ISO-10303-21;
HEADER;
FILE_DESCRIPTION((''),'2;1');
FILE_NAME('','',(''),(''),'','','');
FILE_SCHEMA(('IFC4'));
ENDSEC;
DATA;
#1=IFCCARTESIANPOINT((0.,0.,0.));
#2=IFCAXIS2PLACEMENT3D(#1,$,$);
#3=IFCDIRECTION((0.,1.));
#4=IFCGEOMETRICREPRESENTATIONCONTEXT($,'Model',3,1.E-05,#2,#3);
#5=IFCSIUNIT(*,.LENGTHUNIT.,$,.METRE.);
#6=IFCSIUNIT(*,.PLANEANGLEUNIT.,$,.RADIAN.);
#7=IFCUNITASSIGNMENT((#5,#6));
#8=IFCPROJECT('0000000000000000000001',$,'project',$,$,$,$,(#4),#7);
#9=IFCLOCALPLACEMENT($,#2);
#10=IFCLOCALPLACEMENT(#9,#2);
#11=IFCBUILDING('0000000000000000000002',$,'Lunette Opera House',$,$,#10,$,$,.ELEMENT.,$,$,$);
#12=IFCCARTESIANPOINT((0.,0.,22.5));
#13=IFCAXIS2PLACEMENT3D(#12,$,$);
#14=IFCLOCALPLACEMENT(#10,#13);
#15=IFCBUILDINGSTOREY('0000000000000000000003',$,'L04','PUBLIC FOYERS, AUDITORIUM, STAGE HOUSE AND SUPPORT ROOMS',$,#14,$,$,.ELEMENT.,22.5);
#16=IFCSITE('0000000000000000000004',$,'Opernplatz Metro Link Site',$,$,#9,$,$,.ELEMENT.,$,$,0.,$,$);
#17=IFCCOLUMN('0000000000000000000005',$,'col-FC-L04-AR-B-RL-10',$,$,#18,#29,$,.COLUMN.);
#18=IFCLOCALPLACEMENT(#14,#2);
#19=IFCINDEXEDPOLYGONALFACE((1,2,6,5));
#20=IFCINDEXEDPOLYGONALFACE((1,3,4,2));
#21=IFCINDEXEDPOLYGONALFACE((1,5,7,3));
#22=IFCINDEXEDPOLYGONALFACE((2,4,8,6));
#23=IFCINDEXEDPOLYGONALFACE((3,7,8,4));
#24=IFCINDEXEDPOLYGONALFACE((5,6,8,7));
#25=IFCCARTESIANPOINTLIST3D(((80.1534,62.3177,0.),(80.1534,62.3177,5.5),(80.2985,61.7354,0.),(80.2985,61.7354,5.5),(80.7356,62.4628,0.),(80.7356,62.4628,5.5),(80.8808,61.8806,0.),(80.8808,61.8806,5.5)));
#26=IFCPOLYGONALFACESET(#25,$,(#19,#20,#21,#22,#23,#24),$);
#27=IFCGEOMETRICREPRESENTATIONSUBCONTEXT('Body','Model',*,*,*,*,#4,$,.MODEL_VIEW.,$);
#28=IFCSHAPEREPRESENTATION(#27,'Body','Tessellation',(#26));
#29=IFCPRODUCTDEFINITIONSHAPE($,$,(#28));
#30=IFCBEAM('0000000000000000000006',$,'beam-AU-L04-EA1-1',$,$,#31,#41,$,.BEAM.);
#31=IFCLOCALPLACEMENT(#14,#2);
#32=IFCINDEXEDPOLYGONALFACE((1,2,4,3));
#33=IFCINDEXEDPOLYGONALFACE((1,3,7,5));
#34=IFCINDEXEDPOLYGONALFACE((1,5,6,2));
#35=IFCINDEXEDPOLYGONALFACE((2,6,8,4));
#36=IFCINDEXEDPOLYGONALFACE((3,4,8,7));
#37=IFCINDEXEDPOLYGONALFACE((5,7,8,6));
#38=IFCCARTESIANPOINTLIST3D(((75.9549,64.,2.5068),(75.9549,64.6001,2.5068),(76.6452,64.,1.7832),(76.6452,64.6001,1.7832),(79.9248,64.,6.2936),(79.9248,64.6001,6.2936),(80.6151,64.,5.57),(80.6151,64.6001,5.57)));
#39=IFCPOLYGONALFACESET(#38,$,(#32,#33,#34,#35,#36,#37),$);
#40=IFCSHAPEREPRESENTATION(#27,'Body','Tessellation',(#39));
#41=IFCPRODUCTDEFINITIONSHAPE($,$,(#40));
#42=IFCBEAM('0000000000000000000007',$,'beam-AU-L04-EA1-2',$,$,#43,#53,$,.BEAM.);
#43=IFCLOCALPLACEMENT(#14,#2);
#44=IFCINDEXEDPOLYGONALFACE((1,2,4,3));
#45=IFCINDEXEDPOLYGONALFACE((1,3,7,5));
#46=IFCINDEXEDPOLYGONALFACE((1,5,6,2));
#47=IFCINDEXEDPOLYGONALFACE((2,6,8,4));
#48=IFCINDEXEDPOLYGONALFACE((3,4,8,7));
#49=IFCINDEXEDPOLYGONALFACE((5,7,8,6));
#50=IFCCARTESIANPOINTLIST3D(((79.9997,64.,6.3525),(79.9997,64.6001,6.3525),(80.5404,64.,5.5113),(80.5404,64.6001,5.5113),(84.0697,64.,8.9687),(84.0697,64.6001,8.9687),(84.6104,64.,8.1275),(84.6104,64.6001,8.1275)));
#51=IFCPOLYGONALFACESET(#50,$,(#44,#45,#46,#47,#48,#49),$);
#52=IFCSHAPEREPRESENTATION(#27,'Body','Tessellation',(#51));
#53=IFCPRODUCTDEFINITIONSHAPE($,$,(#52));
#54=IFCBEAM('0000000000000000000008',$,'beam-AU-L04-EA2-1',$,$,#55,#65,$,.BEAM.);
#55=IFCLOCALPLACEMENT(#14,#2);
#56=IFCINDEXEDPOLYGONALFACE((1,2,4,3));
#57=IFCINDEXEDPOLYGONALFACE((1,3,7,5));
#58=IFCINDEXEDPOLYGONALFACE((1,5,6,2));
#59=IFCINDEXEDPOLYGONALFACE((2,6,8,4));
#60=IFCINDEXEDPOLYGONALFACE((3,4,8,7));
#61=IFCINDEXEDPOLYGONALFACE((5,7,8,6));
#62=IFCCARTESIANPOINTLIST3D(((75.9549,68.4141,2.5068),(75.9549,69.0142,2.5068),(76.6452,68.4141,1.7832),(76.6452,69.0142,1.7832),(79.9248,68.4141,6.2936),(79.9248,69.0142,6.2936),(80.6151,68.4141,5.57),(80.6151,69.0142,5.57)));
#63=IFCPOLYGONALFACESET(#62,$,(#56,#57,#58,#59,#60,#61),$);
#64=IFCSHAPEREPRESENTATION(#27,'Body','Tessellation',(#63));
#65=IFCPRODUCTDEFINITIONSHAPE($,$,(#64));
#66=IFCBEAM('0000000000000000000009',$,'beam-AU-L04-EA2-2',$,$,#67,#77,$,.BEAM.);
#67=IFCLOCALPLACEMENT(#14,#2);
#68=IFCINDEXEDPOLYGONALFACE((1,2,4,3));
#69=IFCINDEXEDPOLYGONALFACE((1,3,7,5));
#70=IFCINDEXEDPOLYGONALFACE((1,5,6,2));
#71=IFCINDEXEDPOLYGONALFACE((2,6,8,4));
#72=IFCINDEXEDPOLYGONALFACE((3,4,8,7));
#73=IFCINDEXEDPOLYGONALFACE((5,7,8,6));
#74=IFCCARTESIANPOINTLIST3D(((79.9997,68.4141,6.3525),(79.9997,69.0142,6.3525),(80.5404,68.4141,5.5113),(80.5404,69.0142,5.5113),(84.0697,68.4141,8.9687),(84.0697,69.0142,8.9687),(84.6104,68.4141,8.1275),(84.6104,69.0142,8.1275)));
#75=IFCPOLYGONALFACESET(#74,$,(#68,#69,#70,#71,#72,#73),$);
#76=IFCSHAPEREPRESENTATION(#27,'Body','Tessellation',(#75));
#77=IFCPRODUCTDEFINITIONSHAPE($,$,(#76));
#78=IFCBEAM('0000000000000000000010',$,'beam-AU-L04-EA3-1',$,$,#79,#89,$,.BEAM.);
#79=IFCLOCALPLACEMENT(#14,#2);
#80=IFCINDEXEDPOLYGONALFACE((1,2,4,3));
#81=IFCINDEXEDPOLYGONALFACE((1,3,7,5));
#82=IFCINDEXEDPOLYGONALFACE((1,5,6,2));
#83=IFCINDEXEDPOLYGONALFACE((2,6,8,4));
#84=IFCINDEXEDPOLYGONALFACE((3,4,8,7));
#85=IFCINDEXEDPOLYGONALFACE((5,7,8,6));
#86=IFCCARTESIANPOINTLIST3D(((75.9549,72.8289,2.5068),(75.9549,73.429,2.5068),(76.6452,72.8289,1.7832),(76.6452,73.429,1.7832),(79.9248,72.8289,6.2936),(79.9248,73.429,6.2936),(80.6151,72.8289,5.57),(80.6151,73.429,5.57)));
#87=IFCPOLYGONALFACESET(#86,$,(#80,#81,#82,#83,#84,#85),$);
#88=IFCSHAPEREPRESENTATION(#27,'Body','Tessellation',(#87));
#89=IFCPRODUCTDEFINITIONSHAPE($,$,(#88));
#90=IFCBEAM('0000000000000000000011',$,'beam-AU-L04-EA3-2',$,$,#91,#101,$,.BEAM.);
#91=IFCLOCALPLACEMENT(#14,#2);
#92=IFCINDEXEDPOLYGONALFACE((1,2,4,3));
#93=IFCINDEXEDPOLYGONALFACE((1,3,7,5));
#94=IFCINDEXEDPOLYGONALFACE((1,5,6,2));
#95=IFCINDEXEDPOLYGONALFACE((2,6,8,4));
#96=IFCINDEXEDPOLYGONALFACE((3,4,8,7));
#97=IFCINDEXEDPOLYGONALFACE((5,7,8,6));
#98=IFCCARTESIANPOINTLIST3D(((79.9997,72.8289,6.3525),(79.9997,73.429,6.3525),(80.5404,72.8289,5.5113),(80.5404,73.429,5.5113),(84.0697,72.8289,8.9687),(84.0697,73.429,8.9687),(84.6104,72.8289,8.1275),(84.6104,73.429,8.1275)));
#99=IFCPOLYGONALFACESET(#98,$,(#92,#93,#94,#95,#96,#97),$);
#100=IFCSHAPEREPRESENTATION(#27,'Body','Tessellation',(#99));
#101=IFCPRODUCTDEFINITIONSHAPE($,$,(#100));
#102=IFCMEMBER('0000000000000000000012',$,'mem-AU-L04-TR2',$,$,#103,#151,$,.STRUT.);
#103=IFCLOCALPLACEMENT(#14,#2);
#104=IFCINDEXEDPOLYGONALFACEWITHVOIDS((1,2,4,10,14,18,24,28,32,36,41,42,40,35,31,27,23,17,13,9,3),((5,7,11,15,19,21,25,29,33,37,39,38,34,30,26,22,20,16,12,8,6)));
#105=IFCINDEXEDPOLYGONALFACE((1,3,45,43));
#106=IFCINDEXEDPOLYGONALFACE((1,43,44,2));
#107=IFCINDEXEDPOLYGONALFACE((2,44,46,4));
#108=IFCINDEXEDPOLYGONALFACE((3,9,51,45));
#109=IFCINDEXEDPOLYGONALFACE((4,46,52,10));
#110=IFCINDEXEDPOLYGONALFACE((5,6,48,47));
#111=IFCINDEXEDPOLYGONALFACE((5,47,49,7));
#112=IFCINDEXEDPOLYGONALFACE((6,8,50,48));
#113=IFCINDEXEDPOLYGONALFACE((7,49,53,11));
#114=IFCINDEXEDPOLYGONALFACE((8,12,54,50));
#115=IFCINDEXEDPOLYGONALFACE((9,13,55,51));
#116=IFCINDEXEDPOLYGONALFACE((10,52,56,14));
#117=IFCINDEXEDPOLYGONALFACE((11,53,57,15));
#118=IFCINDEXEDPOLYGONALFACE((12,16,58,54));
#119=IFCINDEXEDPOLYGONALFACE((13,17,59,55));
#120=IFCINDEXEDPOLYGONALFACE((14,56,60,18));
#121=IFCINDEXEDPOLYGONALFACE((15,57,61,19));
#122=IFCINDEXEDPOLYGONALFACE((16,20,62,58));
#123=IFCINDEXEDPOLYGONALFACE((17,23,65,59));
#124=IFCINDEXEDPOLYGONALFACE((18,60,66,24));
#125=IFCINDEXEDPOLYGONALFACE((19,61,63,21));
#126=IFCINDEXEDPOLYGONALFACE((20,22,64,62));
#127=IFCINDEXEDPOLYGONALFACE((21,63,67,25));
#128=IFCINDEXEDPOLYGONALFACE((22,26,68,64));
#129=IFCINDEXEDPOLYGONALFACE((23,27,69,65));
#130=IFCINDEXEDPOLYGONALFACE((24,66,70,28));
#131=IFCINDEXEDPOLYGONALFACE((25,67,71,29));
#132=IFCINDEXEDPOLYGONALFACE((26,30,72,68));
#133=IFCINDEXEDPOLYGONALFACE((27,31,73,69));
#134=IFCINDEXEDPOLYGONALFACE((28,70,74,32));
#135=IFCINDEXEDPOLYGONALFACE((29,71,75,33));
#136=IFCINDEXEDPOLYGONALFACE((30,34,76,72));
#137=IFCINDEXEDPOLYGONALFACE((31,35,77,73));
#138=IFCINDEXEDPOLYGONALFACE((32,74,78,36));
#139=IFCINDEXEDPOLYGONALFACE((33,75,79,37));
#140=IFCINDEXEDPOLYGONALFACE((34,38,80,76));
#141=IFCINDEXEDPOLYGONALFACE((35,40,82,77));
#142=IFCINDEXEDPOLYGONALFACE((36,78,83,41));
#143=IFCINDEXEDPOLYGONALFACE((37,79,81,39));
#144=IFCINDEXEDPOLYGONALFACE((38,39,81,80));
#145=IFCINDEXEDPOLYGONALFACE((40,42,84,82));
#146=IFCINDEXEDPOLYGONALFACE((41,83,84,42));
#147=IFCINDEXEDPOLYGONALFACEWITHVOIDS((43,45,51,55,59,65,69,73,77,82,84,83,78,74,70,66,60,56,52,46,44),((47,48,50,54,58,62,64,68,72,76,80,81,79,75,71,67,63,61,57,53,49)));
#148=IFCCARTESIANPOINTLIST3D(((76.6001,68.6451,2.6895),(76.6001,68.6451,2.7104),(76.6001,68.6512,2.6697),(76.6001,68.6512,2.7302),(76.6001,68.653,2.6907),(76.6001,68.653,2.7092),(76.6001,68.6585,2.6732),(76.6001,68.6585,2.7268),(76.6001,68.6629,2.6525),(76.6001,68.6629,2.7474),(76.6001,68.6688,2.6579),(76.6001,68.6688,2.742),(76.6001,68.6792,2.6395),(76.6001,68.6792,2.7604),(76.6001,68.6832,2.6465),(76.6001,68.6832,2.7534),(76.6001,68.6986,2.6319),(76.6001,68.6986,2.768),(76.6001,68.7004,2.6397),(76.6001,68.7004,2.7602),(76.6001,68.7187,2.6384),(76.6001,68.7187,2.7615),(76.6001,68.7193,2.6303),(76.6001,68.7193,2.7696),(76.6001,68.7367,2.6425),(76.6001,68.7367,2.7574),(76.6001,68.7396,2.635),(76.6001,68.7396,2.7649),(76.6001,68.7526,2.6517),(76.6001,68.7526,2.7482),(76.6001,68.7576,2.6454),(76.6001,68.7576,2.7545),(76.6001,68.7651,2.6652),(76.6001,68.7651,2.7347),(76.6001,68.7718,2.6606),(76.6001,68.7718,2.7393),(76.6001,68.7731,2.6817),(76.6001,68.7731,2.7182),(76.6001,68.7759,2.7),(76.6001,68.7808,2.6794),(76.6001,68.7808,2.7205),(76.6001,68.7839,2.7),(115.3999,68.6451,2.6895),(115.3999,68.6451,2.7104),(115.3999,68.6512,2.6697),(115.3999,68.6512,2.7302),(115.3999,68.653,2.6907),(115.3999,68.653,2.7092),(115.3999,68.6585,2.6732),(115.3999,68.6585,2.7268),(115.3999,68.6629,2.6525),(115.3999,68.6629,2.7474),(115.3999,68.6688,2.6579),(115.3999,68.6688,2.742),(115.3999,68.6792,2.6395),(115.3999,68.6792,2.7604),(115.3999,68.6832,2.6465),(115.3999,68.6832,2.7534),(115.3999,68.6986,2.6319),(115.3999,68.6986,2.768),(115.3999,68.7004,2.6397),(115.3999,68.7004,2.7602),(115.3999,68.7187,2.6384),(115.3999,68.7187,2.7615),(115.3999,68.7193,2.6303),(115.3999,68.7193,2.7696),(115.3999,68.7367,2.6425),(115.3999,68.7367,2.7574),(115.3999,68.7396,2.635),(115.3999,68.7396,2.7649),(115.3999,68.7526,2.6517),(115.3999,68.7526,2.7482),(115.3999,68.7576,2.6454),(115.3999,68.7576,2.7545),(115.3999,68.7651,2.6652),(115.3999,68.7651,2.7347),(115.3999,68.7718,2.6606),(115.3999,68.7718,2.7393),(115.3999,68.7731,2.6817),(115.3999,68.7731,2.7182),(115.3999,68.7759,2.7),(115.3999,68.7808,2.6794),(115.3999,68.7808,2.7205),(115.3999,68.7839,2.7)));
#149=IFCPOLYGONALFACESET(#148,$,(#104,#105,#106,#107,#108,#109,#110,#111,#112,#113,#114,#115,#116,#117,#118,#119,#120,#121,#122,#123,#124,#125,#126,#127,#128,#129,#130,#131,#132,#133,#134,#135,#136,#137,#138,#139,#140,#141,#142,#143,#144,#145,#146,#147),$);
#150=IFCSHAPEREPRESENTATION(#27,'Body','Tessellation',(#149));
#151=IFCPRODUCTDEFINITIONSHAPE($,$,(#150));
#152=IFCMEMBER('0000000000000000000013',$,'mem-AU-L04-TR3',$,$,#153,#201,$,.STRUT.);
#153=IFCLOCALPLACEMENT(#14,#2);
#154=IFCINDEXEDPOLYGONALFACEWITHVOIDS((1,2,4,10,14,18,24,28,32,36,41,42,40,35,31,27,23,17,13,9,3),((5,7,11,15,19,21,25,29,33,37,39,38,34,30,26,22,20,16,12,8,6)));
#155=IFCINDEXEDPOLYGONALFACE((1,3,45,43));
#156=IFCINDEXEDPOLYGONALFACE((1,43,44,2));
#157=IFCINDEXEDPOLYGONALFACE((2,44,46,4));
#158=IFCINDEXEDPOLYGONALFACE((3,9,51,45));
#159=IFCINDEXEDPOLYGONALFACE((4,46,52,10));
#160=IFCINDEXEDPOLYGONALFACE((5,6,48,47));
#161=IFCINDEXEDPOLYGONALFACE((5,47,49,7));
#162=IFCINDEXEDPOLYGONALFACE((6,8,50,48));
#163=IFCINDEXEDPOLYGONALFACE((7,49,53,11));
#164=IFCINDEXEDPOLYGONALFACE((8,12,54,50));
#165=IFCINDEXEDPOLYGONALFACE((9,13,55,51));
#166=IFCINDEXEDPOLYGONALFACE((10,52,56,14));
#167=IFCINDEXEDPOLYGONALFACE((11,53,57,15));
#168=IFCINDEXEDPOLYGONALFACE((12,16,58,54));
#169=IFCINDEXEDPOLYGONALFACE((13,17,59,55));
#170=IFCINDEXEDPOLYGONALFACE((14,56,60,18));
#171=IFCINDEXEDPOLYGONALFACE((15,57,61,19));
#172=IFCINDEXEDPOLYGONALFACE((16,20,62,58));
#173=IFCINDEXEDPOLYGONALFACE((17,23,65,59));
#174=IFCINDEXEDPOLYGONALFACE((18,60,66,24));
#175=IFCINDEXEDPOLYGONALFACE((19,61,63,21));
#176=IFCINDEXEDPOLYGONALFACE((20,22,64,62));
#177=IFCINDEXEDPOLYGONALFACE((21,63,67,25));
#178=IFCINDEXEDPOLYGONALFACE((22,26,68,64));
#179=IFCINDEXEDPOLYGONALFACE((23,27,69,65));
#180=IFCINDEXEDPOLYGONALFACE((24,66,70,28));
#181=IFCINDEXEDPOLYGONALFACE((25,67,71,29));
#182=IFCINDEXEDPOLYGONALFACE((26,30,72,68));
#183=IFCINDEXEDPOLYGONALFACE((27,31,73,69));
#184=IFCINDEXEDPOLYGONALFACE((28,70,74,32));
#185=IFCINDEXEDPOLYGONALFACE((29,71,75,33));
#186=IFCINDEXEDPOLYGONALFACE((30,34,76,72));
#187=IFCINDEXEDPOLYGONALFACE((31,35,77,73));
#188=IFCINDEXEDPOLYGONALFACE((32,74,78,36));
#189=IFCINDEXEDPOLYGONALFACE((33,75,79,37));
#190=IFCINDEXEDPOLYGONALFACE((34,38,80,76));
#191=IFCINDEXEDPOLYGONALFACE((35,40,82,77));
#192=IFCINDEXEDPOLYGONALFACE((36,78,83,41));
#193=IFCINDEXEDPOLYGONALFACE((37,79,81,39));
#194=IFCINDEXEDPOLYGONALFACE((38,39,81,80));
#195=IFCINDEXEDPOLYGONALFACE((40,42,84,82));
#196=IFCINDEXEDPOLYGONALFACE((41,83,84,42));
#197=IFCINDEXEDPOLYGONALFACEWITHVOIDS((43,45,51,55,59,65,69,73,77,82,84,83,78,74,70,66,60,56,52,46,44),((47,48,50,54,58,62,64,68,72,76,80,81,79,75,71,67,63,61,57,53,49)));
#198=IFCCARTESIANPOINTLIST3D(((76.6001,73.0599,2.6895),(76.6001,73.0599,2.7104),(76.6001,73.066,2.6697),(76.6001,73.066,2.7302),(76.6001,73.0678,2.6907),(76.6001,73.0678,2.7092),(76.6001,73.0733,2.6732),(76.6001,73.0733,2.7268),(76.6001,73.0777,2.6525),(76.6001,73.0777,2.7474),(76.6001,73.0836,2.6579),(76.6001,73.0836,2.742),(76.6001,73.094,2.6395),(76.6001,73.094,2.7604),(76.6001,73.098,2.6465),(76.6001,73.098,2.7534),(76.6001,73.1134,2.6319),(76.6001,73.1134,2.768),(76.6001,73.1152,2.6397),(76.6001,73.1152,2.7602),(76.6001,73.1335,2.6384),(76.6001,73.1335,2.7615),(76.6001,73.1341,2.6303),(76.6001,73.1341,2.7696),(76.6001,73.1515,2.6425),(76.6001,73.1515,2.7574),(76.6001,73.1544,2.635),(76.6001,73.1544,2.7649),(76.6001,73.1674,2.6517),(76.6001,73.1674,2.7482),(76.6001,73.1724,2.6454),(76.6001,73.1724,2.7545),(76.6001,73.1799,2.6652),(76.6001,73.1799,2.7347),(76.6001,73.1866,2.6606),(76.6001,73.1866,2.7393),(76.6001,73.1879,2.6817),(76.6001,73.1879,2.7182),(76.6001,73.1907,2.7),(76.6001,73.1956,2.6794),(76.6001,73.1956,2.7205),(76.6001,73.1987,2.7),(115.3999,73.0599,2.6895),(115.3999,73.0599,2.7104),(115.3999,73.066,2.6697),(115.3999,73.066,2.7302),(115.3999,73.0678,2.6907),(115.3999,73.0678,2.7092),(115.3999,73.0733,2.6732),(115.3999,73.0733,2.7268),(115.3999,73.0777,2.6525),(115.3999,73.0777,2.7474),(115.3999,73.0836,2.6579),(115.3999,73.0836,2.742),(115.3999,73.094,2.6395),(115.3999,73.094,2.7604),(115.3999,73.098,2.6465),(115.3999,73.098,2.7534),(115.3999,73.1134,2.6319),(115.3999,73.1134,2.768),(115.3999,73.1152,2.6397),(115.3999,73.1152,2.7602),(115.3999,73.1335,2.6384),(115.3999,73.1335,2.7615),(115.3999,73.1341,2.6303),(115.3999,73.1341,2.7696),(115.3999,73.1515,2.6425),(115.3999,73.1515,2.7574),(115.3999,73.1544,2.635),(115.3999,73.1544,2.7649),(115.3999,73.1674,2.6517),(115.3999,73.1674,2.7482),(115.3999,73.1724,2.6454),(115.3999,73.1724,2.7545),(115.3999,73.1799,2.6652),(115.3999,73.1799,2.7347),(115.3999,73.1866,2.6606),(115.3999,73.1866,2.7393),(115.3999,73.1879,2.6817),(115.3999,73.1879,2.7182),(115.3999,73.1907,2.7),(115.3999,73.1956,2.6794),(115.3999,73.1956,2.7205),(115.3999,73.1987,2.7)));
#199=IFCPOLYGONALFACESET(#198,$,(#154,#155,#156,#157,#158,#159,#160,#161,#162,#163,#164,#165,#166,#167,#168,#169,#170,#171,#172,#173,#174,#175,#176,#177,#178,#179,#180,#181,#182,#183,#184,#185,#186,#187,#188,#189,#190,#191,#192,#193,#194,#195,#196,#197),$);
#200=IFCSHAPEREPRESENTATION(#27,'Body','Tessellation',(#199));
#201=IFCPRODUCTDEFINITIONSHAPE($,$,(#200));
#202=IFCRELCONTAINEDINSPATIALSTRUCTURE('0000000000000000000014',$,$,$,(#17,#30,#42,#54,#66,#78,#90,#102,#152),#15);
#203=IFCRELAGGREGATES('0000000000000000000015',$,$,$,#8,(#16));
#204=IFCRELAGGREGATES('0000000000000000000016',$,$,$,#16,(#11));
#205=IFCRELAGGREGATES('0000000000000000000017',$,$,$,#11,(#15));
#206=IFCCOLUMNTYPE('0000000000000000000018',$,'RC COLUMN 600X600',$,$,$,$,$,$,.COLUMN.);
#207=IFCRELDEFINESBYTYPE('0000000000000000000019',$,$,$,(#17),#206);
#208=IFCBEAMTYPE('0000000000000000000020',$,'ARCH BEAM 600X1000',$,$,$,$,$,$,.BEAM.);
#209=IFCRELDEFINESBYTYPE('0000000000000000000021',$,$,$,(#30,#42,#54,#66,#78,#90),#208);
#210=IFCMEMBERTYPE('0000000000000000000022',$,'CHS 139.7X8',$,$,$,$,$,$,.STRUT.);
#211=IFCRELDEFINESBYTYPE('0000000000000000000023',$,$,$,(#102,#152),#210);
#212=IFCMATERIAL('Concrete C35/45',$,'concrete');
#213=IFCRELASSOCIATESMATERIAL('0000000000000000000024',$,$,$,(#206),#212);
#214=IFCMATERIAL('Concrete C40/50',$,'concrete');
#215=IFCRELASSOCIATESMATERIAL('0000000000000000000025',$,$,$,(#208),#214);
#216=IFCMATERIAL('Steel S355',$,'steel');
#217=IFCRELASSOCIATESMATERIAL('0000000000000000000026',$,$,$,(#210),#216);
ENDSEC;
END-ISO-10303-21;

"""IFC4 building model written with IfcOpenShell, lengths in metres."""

from ifc_helpers import new_model, si_unit, direction, frame, origin, origin_2d, place, context, subcontext, project, spatial, rectangle, hollow_circle, extrude, material, material_profile, profile_set, type_object, element, save


model = new_model("IFC4")

# Units and contexts
model_context = context("Model", 3, precision=1e-05, world=origin(), true_north=direction((0.0, 1.0)))
body_context = subcontext(model_context, "Body", "Model", "MODEL_VIEW")
ifc_project = project(units=[si_unit("LENGTHUNIT", "METRE"), si_unit("PLANEANGLEUNIT", "RADIAN")], contexts=[model_context])

# Site, building, storey
site_placement = place(None, origin())
site = spatial("IfcSite", under=ifc_project, at=site_placement, Name="Opernplatz Metro Link Site", CompositionType="ELEMENT", RefElevation=0.0)
building_placement = place(site_placement, origin())
building = spatial("IfcBuilding", under=site, at=building_placement, Name="Lunette Opera House", CompositionType="ELEMENT")
storey_placement = place(building_placement, frame((0.0, 0.0, 22.5)))
storey = spatial("IfcBuildingStorey", under=building, at=storey_placement, Name="L04", Description="PUBLIC FOYERS, AUDITORIUM, STAGE HOUSE AND SUPPORT ROOMS", CompositionType="ELEMENT", Elevation=22.5)

# Column
ifc_material_1 = material(Name="Concrete C35/45", Category="concrete")
ifc_material_profile_1 = material_profile(ifc_material_1, rectangle(XDim=0.6001, YDim=0.6001, at=origin_2d()), Name="RC COLUMN 600X600")
ifc_profile_set_1 = profile_set([ifc_material_profile_1], Name="Concrete C35/45")
column_type = type_object("IfcColumnType", Name="RC COLUMN 600X600", PredefinedType="COLUMN", material=ifc_profile_set_1)
column_placement = place(storey_placement, frame((80.5171, 62.0991, 0.0), z_axis=(0.0, 0.0, 1.0), x_axis=(0.970296, 0.241922, 0.0)))
element("IfcColumn", 1, at=column_placement, inside=storey, type_object=column_type, Name="col-FC-L04-AR-B-RL-10", PredefinedType="COLUMN", context=body_context, shape_type="SweptSolid", body=[
    extrude(rectangle(XDim=0.6001, YDim=0.6001, at=origin_2d()), origin(), (0.0, 0.0, 1.0), 5.5),
])

# Beams
ifc_material_2 = material(Name="Concrete C40/50", Category="concrete")
ifc_material_profile_2 = material_profile(ifc_material_2, rectangle(XDim=0.6001, YDim=1.0, at=origin_2d()), Name="ARCH BEAM 600X1000")
ifc_profile_set_2 = profile_set([ifc_material_profile_2], Name="Concrete C40/50")
beam_type_1 = type_object("IfcBeamType", Name="ARCH BEAM 600X1000", PredefinedType="BEAM", material=ifc_profile_set_2)
beam_1_placement = place(storey_placement, frame((76.3, 64.3, 2.145), z_axis=(0.723597, 0.0, 0.690223), x_axis=(0.0, 1.0, 0.0)))
element("IfcBeam", 2, at=beam_1_placement, inside=storey, type_object=beam_type_1, Name="beam-AU-L04-EA1-1", PredefinedType="BEAM", context=body_context, shape_type="SweptSolid", body=[
    extrude(rectangle(XDim=0.6001, YDim=1.0, at=origin_2d()), origin(), (0.0, 0.0, 1.0), 5.4863),
])
beam_2_placement = place(storey_placement, frame((80.27, 64.3, 5.9319), z_axis=(0.841203, 0.0, 0.540719), x_axis=(0.0, 1.0, 0.0)))
element("IfcBeam", 3, at=beam_2_placement, inside=storey, type_object=beam_type_1, Name="beam-AU-L04-EA1-2", PredefinedType="BEAM", context=body_context, shape_type="SweptSolid", body=[
    extrude(rectangle(XDim=0.6001, YDim=1.0, at=origin_2d()), origin(), (0.0, 0.0, 1.0), 4.8384),
])
beam_3_placement = place(storey_placement, frame((76.3, 68.7141, 2.145), z_axis=(0.723597, 0.0, 0.690223), x_axis=(0.0, 1.0, 0.0)))
element("IfcBeam", 4, at=beam_3_placement, inside=storey, type_object=beam_type_1, Name="beam-AU-L04-EA2-1", PredefinedType="BEAM", context=body_context, shape_type="SweptSolid", body=[
    extrude(rectangle(XDim=0.6001, YDim=1.0, at=origin_2d()), origin(), (0.0, 0.0, 1.0), 5.4863),
])
beam_4_placement = place(storey_placement, frame((80.27, 68.7141, 5.9319), z_axis=(0.841203, 0.0, 0.540719), x_axis=(0.0, 1.0, 0.0)))
element("IfcBeam", 5, at=beam_4_placement, inside=storey, type_object=beam_type_1, Name="beam-AU-L04-EA2-2", PredefinedType="BEAM", context=body_context, shape_type="SweptSolid", body=[
    extrude(rectangle(XDim=0.6001, YDim=1.0, at=origin_2d()), origin(), (0.0, 0.0, 1.0), 4.8384),
])
beam_5_placement = place(storey_placement, frame((76.3, 73.1289, 2.145), z_axis=(0.723597, 0.0, 0.690223), x_axis=(0.0, 1.0, 0.0)))
element("IfcBeam", 6, at=beam_5_placement, inside=storey, type_object=beam_type_1, Name="beam-AU-L04-EA3-1", PredefinedType="BEAM", context=body_context, shape_type="SweptSolid", body=[
    extrude(rectangle(XDim=0.6001, YDim=1.0, at=origin_2d()), origin(), (0.0, 0.0, 1.0), 5.4863),
])
beam_6_placement = place(storey_placement, frame((80.27, 73.1289, 5.9319), z_axis=(0.841203, 0.0, 0.540719), x_axis=(0.0, 1.0, 0.0)))
element("IfcBeam", 7, at=beam_6_placement, inside=storey, type_object=beam_type_1, Name="beam-AU-L04-EA3-2", PredefinedType="BEAM", context=body_context, shape_type="SweptSolid", body=[
    extrude(rectangle(XDim=0.6001, YDim=1.0, at=origin_2d()), origin(), (0.0, 0.0, 1.0), 4.8384),
])

# Members
ifc_material_3 = material(Name="Steel S355", Category="steel")
ifc_material_profile_3 = material_profile(ifc_material_3, hollow_circle(Radius=0.0698, WallThickness=0.0081, at=origin_2d()), Name="CHS 139.7X8")
ifc_profile_set_3 = profile_set([ifc_material_profile_3], Name="Steel S355")
member_type = type_object("IfcMemberType", Name="CHS 139.7X8", PredefinedType="STRUT", material=ifc_profile_set_3)
for number, where, z_axis, x_axis, name in (
    (8, (76.6001, 68.7141, 2.7), (1.0, 0.0, 0.0), (0.0, 1.0, 0.0), "mem-AU-L04-TR2"),
    (9, (76.6001, 73.1289, 2.7), (1.0, 0.0, 0.0), (0.0, 1.0, 0.0), "mem-AU-L04-TR3"),
):
    element("IfcMember", number, at=place(storey_placement, frame(where, z_axis=z_axis, x_axis=x_axis)), inside=storey, type_object=member_type, Name=name, PredefinedType="STRUT", context=body_context, shape_type="SweptSolid", body=[
        extrude(hollow_circle(Radius=0.0698, WallThickness=0.0081, at=origin_2d()), origin(), (0.0, 0.0, 1.0), 38.7998),
    ])

save(model, "model.ifc")
